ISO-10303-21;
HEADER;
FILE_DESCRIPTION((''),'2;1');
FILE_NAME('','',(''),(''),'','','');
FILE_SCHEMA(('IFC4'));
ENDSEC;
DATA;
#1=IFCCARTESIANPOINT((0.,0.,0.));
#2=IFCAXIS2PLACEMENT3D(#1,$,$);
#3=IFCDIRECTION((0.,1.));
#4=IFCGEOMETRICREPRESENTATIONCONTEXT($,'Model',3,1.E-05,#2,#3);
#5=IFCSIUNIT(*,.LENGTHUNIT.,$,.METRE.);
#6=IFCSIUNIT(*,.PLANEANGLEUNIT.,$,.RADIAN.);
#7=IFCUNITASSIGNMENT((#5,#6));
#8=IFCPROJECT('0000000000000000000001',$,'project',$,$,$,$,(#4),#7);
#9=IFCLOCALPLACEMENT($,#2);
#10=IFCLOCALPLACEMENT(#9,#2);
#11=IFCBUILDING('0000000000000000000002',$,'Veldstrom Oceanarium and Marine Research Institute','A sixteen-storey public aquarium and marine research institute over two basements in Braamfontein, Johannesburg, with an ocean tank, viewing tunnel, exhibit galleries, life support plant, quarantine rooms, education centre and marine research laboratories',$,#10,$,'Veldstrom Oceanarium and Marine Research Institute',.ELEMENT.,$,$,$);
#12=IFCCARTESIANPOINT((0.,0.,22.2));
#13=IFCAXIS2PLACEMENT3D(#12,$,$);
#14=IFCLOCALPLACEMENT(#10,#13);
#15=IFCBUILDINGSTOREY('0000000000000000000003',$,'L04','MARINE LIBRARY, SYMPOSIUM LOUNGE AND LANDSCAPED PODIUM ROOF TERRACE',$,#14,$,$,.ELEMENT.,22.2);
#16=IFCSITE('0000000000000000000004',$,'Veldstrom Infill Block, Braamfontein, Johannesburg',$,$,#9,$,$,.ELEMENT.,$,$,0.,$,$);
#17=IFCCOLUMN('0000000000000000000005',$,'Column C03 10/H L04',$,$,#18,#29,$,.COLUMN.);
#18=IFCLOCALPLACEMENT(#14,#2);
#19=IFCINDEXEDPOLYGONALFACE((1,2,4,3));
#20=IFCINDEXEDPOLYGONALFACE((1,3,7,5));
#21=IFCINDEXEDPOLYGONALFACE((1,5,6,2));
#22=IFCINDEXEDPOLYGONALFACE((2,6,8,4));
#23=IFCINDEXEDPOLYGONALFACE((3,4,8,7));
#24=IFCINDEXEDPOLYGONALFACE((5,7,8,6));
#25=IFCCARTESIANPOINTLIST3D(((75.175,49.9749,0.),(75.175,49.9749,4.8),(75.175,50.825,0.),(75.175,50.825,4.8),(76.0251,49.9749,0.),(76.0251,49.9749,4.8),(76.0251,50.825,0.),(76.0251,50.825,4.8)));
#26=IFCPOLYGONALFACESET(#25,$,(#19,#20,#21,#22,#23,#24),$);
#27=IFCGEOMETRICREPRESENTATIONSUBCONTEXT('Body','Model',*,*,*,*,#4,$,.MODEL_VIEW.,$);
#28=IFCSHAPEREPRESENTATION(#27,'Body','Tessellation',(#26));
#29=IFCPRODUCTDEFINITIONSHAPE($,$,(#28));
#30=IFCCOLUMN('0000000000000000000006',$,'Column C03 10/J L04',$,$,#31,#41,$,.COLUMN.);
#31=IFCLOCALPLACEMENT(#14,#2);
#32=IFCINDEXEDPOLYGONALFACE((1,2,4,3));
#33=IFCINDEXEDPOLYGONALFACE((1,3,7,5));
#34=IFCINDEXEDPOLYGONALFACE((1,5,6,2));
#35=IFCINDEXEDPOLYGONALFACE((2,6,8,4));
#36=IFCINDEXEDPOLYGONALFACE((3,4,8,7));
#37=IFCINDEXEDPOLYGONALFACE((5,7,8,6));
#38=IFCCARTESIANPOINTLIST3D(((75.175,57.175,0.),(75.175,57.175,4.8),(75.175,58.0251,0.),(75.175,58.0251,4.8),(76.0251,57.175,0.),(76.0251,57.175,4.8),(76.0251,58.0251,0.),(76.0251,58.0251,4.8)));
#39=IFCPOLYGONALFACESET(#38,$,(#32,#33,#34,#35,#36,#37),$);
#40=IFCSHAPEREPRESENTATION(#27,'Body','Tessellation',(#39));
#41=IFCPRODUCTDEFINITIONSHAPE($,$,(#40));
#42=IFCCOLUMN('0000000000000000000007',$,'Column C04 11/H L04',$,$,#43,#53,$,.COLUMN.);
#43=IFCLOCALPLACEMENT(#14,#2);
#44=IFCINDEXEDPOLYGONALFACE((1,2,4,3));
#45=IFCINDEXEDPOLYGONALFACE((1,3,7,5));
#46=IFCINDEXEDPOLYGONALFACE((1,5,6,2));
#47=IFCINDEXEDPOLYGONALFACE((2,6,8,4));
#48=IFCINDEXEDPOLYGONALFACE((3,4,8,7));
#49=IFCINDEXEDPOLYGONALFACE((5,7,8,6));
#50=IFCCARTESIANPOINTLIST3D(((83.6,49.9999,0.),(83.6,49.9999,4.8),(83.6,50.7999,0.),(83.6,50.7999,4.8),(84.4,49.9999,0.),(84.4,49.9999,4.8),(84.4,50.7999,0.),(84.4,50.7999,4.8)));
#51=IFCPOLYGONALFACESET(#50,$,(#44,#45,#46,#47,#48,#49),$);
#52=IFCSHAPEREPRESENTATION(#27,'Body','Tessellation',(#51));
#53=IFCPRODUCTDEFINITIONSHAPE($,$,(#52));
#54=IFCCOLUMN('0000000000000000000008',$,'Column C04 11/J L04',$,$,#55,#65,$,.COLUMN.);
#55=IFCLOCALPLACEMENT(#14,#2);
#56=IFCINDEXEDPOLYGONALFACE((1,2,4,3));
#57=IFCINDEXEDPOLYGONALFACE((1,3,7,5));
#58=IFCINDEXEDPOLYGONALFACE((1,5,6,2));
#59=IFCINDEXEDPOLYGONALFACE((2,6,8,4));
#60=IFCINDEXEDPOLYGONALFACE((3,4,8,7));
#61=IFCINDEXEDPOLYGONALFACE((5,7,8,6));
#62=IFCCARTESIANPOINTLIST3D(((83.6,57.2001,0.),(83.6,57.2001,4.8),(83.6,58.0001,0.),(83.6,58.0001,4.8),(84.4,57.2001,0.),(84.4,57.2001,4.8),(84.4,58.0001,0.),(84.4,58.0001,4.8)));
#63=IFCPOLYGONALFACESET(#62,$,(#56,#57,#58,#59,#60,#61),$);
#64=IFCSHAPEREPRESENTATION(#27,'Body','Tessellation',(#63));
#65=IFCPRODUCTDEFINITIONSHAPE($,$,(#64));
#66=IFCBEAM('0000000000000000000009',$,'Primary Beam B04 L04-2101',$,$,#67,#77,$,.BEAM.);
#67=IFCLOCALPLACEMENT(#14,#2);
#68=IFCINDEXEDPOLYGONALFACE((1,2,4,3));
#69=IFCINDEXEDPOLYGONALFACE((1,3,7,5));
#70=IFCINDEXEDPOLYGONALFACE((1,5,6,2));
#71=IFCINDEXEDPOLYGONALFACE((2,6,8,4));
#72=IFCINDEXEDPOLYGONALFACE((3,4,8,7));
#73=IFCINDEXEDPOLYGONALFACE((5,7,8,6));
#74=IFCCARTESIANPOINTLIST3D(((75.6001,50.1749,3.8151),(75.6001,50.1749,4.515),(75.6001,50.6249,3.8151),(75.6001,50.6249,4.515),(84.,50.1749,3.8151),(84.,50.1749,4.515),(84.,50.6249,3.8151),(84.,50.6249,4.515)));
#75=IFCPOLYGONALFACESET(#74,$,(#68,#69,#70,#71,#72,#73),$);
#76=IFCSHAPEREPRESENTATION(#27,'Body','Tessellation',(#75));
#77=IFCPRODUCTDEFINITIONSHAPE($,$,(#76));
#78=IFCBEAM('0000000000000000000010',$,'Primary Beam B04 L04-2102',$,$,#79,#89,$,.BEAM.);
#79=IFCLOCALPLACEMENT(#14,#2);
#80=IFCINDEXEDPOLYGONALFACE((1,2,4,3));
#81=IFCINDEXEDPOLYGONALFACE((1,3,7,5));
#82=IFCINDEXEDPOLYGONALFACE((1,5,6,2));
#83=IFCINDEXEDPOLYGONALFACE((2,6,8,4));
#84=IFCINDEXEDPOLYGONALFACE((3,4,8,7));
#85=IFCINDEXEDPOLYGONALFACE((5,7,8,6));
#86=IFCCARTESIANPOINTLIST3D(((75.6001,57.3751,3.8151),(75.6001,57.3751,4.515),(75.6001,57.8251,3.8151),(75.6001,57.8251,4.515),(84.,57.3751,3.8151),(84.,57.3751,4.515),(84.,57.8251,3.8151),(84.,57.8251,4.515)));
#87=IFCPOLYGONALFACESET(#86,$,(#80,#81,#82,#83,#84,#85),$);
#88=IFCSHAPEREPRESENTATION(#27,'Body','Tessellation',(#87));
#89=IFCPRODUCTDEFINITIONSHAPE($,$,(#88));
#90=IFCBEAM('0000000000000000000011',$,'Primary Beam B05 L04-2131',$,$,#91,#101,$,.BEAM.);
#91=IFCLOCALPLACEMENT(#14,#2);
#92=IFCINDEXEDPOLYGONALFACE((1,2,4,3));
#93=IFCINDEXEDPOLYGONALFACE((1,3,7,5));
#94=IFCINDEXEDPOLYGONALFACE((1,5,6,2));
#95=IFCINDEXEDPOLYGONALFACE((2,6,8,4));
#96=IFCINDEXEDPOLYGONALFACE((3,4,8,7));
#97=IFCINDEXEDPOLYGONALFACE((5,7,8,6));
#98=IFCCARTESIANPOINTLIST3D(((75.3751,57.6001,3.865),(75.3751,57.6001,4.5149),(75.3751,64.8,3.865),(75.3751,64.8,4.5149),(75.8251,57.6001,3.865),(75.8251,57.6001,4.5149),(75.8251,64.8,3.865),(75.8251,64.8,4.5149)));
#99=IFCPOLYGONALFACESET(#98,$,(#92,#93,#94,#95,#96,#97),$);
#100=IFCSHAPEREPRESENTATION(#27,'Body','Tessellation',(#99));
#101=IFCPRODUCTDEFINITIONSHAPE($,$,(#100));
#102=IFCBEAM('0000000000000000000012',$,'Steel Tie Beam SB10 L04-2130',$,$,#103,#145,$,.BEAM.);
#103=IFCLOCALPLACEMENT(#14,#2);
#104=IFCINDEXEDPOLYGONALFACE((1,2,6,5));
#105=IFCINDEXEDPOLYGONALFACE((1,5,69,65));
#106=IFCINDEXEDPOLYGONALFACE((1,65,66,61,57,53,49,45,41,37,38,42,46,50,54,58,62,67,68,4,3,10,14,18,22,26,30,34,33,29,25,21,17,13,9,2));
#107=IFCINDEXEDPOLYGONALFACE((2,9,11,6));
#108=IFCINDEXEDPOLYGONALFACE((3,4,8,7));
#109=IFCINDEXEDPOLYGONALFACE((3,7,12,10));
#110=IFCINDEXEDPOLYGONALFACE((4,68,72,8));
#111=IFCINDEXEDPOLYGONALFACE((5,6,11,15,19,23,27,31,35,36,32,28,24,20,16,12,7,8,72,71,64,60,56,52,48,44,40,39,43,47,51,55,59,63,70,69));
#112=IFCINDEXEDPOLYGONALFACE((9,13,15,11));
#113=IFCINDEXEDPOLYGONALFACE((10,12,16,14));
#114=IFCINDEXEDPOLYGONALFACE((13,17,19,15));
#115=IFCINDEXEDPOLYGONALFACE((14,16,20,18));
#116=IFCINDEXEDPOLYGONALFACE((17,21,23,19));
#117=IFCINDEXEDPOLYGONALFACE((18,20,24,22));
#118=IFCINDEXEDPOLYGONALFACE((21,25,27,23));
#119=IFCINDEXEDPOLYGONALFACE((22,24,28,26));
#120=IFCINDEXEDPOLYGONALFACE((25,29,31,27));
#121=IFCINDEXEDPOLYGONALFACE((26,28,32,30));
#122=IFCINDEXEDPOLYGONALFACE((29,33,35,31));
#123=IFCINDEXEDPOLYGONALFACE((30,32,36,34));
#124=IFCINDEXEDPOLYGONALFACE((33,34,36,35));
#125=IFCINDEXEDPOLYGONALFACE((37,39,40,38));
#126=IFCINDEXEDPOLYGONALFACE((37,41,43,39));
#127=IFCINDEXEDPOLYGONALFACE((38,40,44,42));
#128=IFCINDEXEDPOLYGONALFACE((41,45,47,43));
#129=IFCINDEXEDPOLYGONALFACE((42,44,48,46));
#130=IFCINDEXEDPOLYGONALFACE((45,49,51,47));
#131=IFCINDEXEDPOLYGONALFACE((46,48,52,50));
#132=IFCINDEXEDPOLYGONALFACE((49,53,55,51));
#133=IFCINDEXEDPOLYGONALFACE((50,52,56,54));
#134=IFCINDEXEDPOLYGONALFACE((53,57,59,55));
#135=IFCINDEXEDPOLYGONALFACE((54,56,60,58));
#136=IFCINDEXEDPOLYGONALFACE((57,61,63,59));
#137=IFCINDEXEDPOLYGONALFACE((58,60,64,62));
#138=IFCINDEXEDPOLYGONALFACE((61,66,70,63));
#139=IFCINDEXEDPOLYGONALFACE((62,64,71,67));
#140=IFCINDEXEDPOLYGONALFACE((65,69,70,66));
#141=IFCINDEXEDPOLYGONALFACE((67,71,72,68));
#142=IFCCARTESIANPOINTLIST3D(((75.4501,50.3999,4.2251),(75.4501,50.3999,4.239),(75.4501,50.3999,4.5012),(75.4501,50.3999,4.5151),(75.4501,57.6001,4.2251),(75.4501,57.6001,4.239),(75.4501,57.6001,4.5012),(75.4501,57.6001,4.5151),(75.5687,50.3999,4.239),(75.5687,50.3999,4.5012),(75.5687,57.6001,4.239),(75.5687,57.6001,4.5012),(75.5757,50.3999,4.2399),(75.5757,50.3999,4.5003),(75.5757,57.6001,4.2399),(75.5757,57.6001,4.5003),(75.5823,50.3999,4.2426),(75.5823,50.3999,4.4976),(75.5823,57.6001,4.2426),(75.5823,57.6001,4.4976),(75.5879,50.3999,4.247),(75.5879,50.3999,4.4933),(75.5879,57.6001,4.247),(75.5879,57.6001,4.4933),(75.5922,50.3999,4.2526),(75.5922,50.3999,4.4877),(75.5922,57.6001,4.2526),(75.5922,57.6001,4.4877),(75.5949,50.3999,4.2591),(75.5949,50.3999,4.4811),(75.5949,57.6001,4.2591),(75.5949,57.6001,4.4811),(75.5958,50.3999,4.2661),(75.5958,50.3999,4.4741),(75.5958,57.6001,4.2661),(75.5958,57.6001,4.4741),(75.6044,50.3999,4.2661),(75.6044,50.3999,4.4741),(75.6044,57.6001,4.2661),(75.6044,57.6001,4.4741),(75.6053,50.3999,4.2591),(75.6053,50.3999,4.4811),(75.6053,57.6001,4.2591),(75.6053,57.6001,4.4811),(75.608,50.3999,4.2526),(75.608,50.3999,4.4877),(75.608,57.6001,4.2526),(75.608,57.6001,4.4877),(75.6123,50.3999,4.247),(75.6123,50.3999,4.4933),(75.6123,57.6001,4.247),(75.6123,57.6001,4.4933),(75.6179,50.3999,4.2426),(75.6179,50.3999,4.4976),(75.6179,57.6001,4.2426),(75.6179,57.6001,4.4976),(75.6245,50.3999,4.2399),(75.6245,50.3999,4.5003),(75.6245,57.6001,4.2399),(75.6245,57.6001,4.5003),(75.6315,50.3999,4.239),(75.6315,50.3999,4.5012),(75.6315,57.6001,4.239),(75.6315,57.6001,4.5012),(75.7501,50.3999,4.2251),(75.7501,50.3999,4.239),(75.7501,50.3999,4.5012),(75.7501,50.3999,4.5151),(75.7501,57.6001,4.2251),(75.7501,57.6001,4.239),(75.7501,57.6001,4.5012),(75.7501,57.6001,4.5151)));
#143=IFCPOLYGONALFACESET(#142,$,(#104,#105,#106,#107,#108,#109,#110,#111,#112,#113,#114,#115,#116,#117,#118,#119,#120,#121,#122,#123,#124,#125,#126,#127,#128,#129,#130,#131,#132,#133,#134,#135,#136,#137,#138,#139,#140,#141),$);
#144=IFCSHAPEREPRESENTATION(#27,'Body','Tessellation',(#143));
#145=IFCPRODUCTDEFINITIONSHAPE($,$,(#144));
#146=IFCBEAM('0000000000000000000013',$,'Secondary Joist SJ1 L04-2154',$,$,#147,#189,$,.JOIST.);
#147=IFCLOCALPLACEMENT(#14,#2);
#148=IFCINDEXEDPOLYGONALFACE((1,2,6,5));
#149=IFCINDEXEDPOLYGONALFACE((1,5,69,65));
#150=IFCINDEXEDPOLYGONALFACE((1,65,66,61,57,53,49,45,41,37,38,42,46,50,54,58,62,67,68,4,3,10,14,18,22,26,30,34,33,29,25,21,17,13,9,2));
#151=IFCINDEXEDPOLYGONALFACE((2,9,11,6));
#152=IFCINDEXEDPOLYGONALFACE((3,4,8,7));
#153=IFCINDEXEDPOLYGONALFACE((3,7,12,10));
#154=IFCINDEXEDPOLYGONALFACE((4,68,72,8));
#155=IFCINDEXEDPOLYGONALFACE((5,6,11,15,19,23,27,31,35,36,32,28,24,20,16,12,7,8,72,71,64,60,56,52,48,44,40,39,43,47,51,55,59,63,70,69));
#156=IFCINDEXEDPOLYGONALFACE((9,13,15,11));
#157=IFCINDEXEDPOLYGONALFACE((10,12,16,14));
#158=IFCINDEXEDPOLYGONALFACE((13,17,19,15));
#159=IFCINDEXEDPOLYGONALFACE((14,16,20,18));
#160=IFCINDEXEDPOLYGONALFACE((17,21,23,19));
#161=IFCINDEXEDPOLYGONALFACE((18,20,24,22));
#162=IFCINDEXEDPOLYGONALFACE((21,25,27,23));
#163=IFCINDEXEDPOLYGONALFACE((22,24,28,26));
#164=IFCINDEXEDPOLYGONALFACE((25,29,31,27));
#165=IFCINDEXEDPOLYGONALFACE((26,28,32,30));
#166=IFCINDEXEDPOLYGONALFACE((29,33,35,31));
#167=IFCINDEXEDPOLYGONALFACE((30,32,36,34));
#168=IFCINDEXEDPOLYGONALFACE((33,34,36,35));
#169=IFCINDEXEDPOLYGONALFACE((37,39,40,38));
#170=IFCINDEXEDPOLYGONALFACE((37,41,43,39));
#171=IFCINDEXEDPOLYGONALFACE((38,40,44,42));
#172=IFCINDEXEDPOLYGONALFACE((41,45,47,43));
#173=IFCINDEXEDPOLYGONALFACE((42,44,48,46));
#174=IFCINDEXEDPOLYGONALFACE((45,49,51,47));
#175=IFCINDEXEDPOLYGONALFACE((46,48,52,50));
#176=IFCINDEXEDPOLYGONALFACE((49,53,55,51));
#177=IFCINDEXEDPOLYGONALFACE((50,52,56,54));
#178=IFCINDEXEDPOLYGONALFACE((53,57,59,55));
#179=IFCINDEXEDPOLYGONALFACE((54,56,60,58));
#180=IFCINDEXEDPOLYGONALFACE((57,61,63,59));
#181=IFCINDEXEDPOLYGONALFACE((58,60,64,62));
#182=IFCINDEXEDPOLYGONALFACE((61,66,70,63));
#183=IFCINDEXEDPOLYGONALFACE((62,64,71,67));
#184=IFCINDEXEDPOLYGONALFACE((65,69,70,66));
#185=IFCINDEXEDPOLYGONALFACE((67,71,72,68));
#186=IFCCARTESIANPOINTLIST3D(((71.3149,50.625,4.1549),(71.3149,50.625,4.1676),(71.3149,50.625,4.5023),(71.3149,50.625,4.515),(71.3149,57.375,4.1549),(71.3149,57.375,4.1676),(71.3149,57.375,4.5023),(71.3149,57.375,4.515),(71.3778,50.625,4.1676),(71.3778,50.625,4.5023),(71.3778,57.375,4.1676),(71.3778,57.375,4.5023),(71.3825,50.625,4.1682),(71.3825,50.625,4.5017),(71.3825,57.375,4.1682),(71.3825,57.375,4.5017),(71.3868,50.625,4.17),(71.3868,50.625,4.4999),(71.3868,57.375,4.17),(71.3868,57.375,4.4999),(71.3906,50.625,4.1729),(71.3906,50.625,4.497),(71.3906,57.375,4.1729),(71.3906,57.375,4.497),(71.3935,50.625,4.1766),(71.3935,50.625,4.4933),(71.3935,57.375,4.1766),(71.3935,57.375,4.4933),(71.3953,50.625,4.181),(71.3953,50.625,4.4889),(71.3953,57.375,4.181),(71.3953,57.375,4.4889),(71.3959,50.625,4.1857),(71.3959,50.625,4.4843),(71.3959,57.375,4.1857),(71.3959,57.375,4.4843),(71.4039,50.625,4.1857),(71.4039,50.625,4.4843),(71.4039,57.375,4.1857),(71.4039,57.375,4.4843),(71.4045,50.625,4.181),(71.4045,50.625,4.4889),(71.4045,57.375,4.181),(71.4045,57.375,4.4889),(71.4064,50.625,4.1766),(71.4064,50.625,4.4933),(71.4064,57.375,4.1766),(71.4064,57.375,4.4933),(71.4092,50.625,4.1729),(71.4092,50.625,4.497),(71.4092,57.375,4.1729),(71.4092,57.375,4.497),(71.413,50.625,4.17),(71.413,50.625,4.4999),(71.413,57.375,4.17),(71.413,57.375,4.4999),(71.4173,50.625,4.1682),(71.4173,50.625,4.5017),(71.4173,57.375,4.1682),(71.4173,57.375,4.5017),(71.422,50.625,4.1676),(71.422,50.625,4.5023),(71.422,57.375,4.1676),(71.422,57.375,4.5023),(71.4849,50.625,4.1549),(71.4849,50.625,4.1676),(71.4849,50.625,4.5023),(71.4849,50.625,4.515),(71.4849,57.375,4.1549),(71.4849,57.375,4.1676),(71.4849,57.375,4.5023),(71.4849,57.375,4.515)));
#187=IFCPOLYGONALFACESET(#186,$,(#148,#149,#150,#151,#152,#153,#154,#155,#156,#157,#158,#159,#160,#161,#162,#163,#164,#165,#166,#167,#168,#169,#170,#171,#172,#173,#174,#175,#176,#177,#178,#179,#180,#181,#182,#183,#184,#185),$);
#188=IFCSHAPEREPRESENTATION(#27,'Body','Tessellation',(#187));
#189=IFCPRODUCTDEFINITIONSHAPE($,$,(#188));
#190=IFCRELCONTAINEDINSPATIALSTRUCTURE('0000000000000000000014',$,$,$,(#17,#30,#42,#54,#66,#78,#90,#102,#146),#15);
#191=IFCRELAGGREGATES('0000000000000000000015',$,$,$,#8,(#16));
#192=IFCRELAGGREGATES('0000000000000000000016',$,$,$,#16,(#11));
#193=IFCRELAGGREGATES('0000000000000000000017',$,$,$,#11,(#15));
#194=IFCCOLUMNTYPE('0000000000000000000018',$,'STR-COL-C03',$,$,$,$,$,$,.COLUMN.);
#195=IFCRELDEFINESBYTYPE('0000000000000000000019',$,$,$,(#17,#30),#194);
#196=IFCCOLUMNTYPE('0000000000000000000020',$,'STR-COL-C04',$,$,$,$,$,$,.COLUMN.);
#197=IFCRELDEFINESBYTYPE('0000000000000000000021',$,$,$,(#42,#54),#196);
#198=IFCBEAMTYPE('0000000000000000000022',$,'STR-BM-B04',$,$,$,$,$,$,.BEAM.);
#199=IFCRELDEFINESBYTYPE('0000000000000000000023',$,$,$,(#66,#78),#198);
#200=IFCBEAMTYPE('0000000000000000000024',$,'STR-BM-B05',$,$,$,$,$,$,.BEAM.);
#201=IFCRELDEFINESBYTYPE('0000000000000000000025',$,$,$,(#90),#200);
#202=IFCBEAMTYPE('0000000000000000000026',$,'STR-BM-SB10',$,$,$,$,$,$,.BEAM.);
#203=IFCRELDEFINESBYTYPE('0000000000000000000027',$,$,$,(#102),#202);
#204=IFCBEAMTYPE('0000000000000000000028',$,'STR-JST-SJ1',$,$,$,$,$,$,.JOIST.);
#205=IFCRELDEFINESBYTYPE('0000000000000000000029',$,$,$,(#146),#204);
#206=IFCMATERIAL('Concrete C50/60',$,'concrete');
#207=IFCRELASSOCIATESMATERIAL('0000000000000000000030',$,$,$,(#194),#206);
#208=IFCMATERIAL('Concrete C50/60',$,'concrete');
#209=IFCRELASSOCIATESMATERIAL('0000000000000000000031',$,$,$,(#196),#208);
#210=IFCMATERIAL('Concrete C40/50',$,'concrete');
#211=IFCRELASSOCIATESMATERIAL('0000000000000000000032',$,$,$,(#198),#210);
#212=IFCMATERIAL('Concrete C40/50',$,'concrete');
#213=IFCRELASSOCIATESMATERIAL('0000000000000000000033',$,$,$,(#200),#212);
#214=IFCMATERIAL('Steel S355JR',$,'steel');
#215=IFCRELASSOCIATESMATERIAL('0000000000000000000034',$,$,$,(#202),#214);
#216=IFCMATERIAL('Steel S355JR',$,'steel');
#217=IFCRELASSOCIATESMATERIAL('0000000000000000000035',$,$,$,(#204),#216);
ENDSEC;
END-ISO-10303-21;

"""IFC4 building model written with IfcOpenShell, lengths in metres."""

from ifc_helpers import new_model, si_unit, direction, frame, origin, origin_2d, place, context, subcontext, project, spatial, rectangle, i_section, extrude, material, material_profile, profile_set, type_object, element, save


model = new_model("IFC4")

# Units and contexts
model_context = context("Model", 3, precision=1e-05, world=origin(), true_north=direction((0.0, 1.0)))
body_context = subcontext(model_context, "Body", "Model", "MODEL_VIEW")
ifc_project = project(units=[si_unit("LENGTHUNIT", "METRE"), si_unit("PLANEANGLEUNIT", "RADIAN")], contexts=[model_context])

# Site, building, storey
site_placement = place(None, origin())
site = spatial("IfcSite", under=ifc_project, at=site_placement, Name="Veldstrom Infill Block, Braamfontein, Johannesburg", CompositionType="ELEMENT", RefElevation=0.0)
building_placement = place(site_placement, origin())
building = spatial("IfcBuilding", under=site, at=building_placement, Name="Veldstrom Oceanarium and Marine Research Institute", Description="A sixteen-storey public aquarium and marine research institute over two basements in Braamfontein, Johannesburg, with an ocean tank, viewing tunnel, exhibit galleries, life support plant, quarantine rooms, education centre and marine research laboratories", LongName="Veldstrom Oceanarium and Marine Research Institute", CompositionType="ELEMENT")
storey_placement = place(building_placement, frame((0.0, 0.0, 22.2)))
storey = spatial("IfcBuildingStorey", under=building, at=storey_placement, Name="L04", Description="MARINE LIBRARY, SYMPOSIUM LOUNGE AND LANDSCAPED PODIUM ROOF TERRACE", CompositionType="ELEMENT", Elevation=22.2)

# Columns
ifc_material_1 = material(Name="Concrete C50/60", Category="concrete")
ifc_material_profile_1 = material_profile(ifc_material_1, rectangle(XDim=0.8501, YDim=0.8501, at=origin_2d()), Name="RC-COL-850x850")
ifc_profile_set_1 = profile_set([ifc_material_profile_1], Name="Concrete C50/60")
column_type_1 = type_object("IfcColumnType", Name="STR-COL-C03", PredefinedType="COLUMN", material=ifc_profile_set_1)
for number, where, z_axis, x_axis, name in (
    (1, (75.6001, 50.3999, 0.0), (0.0, 0.0, 1.0), (1.0, 0.0, 0.0), "Column C03 10/H L04"),
    (2, (75.6001, 57.6001, 0.0), (0.0, 0.0, 1.0), (1.0, 0.0, 0.0), "Column C03 10/J L04"),
):
    element("IfcColumn", number, at=place(storey_placement, frame(where, z_axis=z_axis, x_axis=x_axis)), inside=storey, type_object=column_type_1, Name=name, PredefinedType="COLUMN", context=body_context, shape_type="SweptSolid", body=[
        extrude(rectangle(XDim=0.8501, YDim=0.8501, at=origin_2d()), origin(), (0.0, 0.0, 1.0), 4.8),
    ])
ifc_material_2 = material(Name="Concrete C50/60", Category="concrete")
ifc_material_profile_2 = material_profile(ifc_material_2, rectangle(XDim=0.8, YDim=0.8, at=origin_2d()), Name="RC-COL-800x800")
ifc_profile_set_2 = profile_set([ifc_material_profile_2], Name="Concrete C50/60")
column_type_2 = type_object("IfcColumnType", Name="STR-COL-C04", PredefinedType="COLUMN", material=ifc_profile_set_2)
for number, where, z_axis, x_axis, name in (
    (3, (84.0, 50.3999, 0.0), (0.0, 0.0, 1.0), (1.0, 0.0, 0.0), "Column C04 11/H L04"),
    (4, (84.0, 57.6001, 0.0), (0.0, 0.0, 1.0), (1.0, 0.0, 0.0), "Column C04 11/J L04"),
):
    element("IfcColumn", number, at=place(storey_placement, frame(where, z_axis=z_axis, x_axis=x_axis)), inside=storey, type_object=column_type_2, Name=name, PredefinedType="COLUMN", context=body_context, shape_type="SweptSolid", body=[
        extrude(rectangle(XDim=0.8, YDim=0.8, at=origin_2d()), origin(), (0.0, 0.0, 1.0), 4.8),
    ])

# Beams
ifc_material_3 = material(Name="Concrete C40/50", Category="concrete")
ifc_material_profile_3 = material_profile(ifc_material_3, rectangle(XDim=0.45, YDim=0.7, at=origin_2d()), Name="RC-BM-450x700")
ifc_profile_set_3 = profile_set([ifc_material_profile_3], Name="Concrete C40/50")
beam_type_1 = type_object("IfcBeamType", Name="STR-BM-B04", PredefinedType="BEAM", material=ifc_profile_set_3)
for number, where, z_axis, x_axis, name in (
    (5, (75.6001, 50.3999, 4.165), (1.0, 0.0, 0.0), (0.0, 1.0, 0.0), "Primary Beam B04 L04-2101"),
    (6, (75.6001, 57.6001, 4.165), (1.0, 0.0, 0.0), (0.0, 1.0, 0.0), "Primary Beam B04 L04-2102"),
):
    element("IfcBeam", number, at=place(storey_placement, frame(where, z_axis=z_axis, x_axis=x_axis)), inside=storey, type_object=beam_type_1, Name=name, PredefinedType="BEAM", context=body_context, shape_type="SweptSolid", body=[
        extrude(rectangle(XDim=0.45, YDim=0.7, at=origin_2d()), origin(), (0.0, 0.0, 1.0), 8.3999),
    ])
ifc_material_4 = material(Name="Concrete C40/50", Category="concrete")
ifc_material_profile_4 = material_profile(ifc_material_4, rectangle(XDim=0.45, YDim=0.6499, at=origin_2d()), Name="RC-BM-450x650")
ifc_profile_set_4 = profile_set([ifc_material_profile_4], Name="Concrete C40/50")
beam_type_2 = type_object("IfcBeamType", Name="STR-BM-B05", PredefinedType="BEAM", material=ifc_profile_set_4)
beam_1_placement = place(storey_placement, frame((75.6001, 57.6001, 4.1899), z_axis=(0.0, 1.0, 0.0), x_axis=(-1.0, 0.0, 0.0)))
element("IfcBeam", 7, at=beam_1_placement, inside=storey, type_object=beam_type_2, Name="Primary Beam B05 L04-2131", PredefinedType="BEAM", context=body_context, shape_type="SweptSolid", body=[
    extrude(rectangle(XDim=0.45, YDim=0.6499, at=origin_2d()), origin(), (0.0, 0.0, 1.0), 7.2),
])
ifc_material_5 = material(Name="Steel S355JR", Category="steel")
ifc_material_profile_5 = material_profile(ifc_material_5, i_section(OverallWidth=0.3, OverallDepth=0.29, WebThickness=0.0085, FlangeThickness=0.0139, FilletRadius=0.0271, at=origin_2d()), Name="HEA 300")
ifc_profile_set_5 = profile_set([ifc_material_profile_5], Name="Steel S355JR")
beam_type_3 = type_object("IfcBeamType", Name="STR-BM-SB10", PredefinedType="BEAM", material=ifc_profile_set_5)
beam_2_placement = place(storey_placement, frame((75.6001, 50.3999, 4.3701), z_axis=(0.0, 1.0, 0.0), x_axis=(-1.0, 0.0, 0.0)))
element("IfcBeam", 8, at=beam_2_placement, inside=storey, type_object=beam_type_3, Name="Steel Tie Beam SB10 L04-2130", PredefinedType="BEAM", context=body_context, shape_type="SweptSolid", body=[
    extrude(i_section(OverallWidth=0.3, OverallDepth=0.29, WebThickness=0.0085, FlangeThickness=0.0139, FilletRadius=0.0271, at=origin_2d()), origin(), (0.0, 0.0, 1.0), 7.2002),
])
ifc_material_6 = material(Name="Steel S355JR", Category="steel")
ifc_material_profile_6 = material_profile(ifc_material_6, i_section(OverallWidth=0.1699, OverallDepth=0.3601, WebThickness=0.0081, FlangeThickness=0.0127, FilletRadius=0.0181, at=origin_2d()), Name="IPE 360")
ifc_profile_set_6 = profile_set([ifc_material_profile_6], Name="Steel S355JR")
beam_type_4 = type_object("IfcBeamType", Name="STR-JST-SJ1", PredefinedType="JOIST", material=ifc_profile_set_6)
beam_3_placement = place(storey_placement, frame((71.3999, 50.625, 4.335), z_axis=(0.0, 1.0, 0.0), x_axis=(-1.0, 0.0, 0.0)))
element("IfcBeam", 9, at=beam_3_placement, inside=storey, type_object=beam_type_4, Name="Secondary Joist SJ1 L04-2154", PredefinedType="JOIST", context=body_context, shape_type="SweptSolid", body=[
    extrude(i_section(OverallWidth=0.1699, OverallDepth=0.3601, WebThickness=0.0081, FlangeThickness=0.0127, FilletRadius=0.0181, at=origin_2d()), origin(), (0.0, 0.0, 1.0), 6.75),
])

save(model, "model.ifc")
